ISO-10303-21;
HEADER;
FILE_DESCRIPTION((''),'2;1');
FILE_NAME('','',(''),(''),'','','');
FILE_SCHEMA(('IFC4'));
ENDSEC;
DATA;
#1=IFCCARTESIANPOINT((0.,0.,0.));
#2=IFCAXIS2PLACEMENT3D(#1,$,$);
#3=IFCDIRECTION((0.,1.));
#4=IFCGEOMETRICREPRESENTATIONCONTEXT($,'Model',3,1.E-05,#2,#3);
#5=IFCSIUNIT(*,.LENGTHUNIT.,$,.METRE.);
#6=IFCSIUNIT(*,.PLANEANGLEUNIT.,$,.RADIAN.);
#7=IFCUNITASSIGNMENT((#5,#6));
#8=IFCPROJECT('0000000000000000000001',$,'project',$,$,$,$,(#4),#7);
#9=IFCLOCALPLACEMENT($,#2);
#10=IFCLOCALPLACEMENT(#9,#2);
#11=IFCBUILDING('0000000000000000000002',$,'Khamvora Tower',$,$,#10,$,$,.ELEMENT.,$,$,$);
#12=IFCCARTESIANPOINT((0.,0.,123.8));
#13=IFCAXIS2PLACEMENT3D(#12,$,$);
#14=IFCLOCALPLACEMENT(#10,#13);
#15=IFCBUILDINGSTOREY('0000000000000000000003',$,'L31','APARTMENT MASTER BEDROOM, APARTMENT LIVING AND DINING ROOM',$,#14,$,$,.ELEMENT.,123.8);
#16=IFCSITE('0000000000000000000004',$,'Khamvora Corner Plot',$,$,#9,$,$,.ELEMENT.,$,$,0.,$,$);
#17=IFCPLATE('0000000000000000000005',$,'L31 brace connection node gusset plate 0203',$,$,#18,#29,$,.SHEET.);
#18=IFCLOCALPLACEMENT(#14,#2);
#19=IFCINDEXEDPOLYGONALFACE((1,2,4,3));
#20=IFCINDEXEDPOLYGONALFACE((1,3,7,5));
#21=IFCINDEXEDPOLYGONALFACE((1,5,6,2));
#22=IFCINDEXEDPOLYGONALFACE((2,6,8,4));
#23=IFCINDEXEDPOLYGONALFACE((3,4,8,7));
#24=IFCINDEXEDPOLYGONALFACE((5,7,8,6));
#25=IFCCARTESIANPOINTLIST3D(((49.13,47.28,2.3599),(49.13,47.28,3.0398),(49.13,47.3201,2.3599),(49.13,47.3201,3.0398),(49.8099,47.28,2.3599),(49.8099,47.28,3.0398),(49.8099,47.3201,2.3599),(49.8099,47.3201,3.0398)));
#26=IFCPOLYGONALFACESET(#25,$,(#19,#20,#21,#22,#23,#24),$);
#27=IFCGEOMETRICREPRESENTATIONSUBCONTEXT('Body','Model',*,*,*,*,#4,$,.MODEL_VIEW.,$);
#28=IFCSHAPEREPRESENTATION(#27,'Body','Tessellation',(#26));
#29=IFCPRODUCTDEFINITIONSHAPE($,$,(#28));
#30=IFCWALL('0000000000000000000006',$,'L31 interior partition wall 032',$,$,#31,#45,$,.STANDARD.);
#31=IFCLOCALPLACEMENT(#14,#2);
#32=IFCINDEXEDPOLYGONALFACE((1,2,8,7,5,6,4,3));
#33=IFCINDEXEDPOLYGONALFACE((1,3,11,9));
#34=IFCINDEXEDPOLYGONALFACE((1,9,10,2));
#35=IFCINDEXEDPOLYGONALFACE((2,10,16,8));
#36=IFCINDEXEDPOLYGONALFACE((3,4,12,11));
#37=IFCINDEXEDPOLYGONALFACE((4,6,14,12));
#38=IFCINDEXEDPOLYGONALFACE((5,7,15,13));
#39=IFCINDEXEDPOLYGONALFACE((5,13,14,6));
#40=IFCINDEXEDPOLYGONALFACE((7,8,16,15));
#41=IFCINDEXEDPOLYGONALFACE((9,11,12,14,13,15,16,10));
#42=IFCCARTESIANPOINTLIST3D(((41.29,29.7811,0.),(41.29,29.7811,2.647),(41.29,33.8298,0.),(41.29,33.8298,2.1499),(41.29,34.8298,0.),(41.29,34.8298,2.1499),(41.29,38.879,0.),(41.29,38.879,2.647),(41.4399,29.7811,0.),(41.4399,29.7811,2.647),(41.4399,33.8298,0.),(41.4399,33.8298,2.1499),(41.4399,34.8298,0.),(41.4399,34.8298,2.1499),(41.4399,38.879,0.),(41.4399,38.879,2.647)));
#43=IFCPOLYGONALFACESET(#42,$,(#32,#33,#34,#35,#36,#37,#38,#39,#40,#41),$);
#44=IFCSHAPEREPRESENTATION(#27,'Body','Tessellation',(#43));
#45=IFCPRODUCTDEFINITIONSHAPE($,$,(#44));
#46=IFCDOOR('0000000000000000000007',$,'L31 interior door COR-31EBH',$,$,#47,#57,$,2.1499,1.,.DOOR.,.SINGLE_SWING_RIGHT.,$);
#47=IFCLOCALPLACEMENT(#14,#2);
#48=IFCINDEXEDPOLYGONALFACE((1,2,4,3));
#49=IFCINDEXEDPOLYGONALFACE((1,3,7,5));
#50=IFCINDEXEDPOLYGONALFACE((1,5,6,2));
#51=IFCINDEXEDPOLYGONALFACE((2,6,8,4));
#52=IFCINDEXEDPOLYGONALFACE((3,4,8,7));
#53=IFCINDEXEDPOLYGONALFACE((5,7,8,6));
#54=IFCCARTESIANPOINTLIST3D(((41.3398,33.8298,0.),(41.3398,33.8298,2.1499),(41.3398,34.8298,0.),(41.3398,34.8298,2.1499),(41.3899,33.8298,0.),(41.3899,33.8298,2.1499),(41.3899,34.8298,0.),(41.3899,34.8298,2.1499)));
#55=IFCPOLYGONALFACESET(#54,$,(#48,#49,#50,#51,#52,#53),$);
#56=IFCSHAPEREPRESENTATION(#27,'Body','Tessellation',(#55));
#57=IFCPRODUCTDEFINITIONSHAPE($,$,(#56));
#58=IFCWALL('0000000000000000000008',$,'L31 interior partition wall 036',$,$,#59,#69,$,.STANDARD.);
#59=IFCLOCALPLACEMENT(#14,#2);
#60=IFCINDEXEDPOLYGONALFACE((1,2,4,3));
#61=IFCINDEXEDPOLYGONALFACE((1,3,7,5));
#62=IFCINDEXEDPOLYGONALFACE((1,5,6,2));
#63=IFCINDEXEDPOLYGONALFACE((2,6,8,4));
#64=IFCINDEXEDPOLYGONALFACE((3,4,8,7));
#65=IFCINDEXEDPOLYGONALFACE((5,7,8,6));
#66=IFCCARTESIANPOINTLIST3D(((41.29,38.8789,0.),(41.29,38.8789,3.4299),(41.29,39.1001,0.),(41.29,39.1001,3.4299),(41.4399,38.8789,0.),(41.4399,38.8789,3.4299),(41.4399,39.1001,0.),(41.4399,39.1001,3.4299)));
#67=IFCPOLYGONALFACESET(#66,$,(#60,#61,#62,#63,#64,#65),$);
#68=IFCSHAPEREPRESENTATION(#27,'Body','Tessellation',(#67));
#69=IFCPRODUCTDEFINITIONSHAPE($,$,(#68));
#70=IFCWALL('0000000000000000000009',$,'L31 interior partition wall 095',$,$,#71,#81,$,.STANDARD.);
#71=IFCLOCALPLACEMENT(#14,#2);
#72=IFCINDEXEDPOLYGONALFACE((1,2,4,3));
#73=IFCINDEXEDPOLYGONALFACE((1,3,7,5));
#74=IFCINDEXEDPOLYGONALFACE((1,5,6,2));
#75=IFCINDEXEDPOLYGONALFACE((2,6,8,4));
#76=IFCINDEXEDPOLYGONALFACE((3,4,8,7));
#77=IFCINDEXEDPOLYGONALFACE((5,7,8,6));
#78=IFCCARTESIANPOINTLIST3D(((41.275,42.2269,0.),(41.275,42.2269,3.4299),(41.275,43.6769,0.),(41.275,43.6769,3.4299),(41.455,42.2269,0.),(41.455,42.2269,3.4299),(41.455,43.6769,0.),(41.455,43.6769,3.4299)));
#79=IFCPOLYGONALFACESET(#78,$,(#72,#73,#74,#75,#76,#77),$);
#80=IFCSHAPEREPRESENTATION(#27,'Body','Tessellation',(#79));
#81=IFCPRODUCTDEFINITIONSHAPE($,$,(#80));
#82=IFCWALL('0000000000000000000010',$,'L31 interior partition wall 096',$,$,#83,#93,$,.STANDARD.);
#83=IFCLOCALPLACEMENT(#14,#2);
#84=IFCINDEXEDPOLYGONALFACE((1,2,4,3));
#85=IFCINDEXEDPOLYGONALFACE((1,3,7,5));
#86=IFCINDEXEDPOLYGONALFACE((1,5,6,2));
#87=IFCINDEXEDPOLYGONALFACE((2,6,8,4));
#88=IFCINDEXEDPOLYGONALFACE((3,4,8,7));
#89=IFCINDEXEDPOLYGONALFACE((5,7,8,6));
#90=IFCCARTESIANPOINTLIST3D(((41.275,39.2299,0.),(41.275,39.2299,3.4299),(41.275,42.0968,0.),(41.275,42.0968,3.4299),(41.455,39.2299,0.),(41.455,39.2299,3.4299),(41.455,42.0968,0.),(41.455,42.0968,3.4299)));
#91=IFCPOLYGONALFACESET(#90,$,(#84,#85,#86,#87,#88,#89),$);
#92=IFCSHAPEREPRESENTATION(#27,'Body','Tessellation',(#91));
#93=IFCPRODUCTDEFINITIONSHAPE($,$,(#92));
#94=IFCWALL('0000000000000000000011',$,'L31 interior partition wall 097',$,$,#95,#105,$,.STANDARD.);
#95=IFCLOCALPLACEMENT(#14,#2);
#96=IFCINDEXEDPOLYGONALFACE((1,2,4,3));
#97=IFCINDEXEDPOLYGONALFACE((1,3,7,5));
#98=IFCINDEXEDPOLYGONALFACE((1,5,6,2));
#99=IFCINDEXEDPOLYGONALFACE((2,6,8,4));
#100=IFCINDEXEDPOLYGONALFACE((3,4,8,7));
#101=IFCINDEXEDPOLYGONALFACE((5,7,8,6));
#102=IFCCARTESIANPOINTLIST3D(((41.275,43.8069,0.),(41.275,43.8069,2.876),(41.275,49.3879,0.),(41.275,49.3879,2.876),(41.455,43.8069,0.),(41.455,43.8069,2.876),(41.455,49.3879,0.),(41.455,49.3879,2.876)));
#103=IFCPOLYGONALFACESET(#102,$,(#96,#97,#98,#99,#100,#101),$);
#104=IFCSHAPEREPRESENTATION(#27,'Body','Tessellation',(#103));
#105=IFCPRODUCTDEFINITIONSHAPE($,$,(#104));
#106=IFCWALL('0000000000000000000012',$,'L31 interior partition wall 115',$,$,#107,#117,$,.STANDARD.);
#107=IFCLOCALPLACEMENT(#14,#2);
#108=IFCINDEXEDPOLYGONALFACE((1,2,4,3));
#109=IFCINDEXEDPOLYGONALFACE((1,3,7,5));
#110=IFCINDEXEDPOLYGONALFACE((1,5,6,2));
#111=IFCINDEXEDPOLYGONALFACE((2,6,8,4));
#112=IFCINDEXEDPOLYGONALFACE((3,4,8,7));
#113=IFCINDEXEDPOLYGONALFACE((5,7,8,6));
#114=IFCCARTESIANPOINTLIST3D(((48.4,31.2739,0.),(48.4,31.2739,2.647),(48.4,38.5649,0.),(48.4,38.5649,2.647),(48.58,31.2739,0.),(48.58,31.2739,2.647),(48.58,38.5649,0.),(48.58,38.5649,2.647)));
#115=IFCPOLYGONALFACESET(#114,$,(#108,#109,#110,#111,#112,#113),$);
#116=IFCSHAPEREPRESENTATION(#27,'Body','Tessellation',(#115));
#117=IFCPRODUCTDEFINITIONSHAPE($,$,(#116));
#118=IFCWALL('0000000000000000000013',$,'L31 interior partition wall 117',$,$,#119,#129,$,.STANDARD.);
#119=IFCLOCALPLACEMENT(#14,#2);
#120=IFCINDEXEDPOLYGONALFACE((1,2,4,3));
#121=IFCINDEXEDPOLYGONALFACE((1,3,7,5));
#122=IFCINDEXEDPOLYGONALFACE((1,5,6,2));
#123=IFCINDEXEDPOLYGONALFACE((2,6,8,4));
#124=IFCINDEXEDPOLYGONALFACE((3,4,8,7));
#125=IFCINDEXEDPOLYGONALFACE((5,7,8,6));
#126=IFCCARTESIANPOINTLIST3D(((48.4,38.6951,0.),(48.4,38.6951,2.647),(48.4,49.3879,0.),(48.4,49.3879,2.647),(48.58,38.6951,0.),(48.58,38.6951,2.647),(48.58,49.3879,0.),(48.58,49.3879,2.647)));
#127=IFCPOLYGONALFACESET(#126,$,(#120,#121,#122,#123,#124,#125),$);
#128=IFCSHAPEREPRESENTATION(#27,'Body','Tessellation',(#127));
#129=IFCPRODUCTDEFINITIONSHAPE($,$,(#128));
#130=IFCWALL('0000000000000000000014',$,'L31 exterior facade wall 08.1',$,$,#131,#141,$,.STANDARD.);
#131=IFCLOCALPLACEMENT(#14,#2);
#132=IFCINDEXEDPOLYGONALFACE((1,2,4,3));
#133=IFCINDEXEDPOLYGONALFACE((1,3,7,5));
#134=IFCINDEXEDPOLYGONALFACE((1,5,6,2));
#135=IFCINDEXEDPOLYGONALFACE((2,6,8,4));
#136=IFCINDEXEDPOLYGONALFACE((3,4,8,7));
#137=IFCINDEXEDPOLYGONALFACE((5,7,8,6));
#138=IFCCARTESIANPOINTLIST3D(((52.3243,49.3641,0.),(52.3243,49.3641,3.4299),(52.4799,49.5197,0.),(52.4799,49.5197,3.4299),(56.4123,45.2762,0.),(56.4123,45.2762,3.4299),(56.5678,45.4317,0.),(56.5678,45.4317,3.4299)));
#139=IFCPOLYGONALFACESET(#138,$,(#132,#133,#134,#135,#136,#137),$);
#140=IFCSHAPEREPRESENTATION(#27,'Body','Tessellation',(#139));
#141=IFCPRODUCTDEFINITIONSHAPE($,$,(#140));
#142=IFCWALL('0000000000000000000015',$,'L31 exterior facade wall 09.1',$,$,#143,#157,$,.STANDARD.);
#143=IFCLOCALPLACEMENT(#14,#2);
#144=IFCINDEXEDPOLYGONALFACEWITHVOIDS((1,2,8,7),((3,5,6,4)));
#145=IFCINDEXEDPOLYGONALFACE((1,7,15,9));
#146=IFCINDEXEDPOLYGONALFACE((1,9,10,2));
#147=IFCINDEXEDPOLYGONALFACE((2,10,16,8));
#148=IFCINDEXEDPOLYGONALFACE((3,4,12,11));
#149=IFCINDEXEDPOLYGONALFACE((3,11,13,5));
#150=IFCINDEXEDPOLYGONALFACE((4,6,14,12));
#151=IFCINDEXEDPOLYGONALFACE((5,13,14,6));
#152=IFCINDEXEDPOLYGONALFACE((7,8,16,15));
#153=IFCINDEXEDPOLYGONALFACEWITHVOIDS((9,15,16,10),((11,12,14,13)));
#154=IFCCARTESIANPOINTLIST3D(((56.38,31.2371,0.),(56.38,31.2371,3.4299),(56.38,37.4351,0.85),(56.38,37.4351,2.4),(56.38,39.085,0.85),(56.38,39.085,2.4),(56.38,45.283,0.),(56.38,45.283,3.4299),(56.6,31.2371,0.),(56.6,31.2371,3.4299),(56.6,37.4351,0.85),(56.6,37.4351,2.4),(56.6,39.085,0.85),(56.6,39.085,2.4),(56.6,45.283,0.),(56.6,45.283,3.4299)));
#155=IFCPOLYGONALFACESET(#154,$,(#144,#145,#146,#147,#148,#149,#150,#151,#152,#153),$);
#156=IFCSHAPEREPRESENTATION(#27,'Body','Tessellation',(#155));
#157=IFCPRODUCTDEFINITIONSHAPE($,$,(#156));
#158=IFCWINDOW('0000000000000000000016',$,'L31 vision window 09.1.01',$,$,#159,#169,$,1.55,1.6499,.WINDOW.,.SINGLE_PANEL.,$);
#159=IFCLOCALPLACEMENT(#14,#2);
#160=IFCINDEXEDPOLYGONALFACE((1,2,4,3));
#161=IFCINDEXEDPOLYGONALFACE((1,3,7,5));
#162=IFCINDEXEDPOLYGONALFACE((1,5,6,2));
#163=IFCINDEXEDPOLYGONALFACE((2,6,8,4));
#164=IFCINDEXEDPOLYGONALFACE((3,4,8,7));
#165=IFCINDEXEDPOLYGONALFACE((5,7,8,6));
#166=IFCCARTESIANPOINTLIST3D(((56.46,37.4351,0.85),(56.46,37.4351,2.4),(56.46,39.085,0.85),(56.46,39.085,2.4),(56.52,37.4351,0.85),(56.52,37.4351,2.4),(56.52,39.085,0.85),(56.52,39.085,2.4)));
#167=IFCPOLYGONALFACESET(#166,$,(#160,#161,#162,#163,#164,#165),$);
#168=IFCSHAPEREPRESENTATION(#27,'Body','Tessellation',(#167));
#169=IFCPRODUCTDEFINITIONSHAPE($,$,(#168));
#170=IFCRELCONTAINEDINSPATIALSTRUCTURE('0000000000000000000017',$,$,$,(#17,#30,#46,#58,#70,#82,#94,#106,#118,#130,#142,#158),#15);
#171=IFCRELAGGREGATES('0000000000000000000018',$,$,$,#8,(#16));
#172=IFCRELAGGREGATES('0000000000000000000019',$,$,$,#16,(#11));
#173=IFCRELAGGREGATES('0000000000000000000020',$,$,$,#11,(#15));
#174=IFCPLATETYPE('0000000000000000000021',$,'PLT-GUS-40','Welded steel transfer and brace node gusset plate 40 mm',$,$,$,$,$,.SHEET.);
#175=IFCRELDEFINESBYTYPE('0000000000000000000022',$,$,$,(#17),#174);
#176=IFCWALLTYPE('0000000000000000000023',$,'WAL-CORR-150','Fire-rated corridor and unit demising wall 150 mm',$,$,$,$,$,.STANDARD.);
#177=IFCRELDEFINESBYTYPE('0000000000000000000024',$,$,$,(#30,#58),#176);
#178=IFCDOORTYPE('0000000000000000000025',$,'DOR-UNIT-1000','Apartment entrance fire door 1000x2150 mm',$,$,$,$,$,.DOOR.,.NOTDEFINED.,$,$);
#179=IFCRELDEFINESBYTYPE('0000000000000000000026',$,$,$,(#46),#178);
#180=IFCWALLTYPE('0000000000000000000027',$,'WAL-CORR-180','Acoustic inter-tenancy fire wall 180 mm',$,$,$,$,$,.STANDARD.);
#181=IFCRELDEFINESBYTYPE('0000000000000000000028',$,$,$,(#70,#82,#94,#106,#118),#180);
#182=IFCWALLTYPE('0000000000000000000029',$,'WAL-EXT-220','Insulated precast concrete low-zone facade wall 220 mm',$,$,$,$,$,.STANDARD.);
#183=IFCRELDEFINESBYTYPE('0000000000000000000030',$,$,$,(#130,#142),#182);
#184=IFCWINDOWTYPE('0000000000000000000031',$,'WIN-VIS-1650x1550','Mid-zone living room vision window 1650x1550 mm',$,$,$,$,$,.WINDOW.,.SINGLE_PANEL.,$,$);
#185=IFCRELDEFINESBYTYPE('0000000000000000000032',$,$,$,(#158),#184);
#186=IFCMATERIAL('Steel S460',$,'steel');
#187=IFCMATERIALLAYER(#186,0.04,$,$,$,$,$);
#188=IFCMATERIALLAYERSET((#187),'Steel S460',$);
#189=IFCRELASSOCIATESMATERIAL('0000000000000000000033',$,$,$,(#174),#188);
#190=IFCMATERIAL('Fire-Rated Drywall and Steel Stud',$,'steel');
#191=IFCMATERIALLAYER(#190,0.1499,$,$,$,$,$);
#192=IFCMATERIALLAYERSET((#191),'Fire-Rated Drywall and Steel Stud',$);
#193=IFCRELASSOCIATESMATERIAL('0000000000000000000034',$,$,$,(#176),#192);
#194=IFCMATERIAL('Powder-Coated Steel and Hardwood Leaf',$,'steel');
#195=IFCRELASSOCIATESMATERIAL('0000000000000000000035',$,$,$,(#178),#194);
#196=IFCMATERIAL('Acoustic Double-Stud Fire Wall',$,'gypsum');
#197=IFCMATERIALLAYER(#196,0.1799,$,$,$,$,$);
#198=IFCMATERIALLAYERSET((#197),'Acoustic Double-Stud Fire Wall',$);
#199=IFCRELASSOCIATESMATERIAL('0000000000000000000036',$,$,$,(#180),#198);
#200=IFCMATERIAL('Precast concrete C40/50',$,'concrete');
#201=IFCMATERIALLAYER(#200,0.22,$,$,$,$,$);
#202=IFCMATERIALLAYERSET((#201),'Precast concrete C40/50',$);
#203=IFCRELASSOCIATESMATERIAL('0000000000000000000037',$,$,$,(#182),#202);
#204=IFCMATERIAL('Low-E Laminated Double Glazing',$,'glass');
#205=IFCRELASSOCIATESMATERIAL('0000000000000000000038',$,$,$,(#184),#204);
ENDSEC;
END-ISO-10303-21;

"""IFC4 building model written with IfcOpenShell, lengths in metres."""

from ifc_helpers import new_model, si_unit, direction, frame, frame_2d, origin, origin_2d, place, context, subcontext, project, spatial, rectangle, extrude, material, layer, layer_set, type_object, element, fill, save


model = new_model("IFC4")

# Units and contexts
model_context = context("Model", 3, precision=1e-05, world=origin(), true_north=direction((0.0, 1.0)))
body_context = subcontext(model_context, "Body", "Model", "MODEL_VIEW")
ifc_project = project(units=[si_unit("LENGTHUNIT", "METRE"), si_unit("PLANEANGLEUNIT", "RADIAN")], contexts=[model_context])

# Site, building, storey
site_placement = place(None, origin())
site = spatial("IfcSite", under=ifc_project, at=site_placement, Name="Khamvora Corner Plot", CompositionType="ELEMENT", RefElevation=0.0)
building_placement = place(site_placement, origin())
building = spatial("IfcBuilding", under=site, at=building_placement, Name="Khamvora Tower", CompositionType="ELEMENT")
storey_placement = place(building_placement, frame((0.0, 0.0, 123.8)))
storey = spatial("IfcBuildingStorey", under=building, at=storey_placement, Name="L31", Description="APARTMENT MASTER BEDROOM, APARTMENT LIVING AND DINING ROOM", CompositionType="ELEMENT", Elevation=123.8)

# Plate
ifc_material_1 = material(Name="Steel S460", Category="steel")
ifc_layer_1 = layer(ifc_material_1, 0.04)
ifc_layer_set_1 = layer_set([ifc_layer_1], Name="Steel S460")
plate_type_1 = type_object("IfcPlateType", Name="PLT-GUS-40", Description="Welded steel transfer and brace node gusset plate 40 mm", PredefinedType="SHEET", material=ifc_layer_set_1)
plate_1_placement = place(storey_placement, frame((49.47, 47.3, 2.3599), z_axis=(0.0, 0.0, 1.0), x_axis=(1.0, 0.0, 0.0)))
element("IfcPlate", 1, at=plate_1_placement, inside=storey, type_object=plate_type_1, Name="L31 brace connection node gusset plate 0203", PredefinedType="SHEET", context=body_context, shape_type="SweptSolid", body=[
    extrude(rectangle(XDim=0.6799, YDim=0.04, at=origin_2d()), origin(), (0.0, 0.0, 1.0), 0.6799),
])

# Wall, opening, door
ifc_material_2 = material(Name="Fire-Rated Drywall and Steel Stud", Category="steel")
ifc_layer_2 = layer(ifc_material_2, 0.1499)
ifc_layer_set_2 = layer_set([ifc_layer_2], Name="Fire-Rated Drywall and Steel Stud")
wall_type_1 = type_object("IfcWallType", Name="WAL-CORR-150", Description="Fire-rated corridor and unit demising wall 150 mm", PredefinedType="STANDARD", material=ifc_layer_set_2)
wall_1_placement = place(storey_placement, frame((41.365, 38.8789, 0.0), z_axis=(0.0, 0.0, 1.0), x_axis=(0.0, -1.0, 0.0)))
wall_1 = element("IfcWall", 2, at=wall_1_placement, inside=storey, type_object=wall_type_1, Name="L31 interior partition wall 032", PredefinedType="STANDARD", context=body_context, shape_type="SweptSolid", body=[
    extrude(rectangle(XDim=9.0979, YDim=0.1499, at=frame_2d((4.5488, 0.0))), origin(), (0.0, 0.0, 1.0), 2.647),
])
opening_1_placement = place(wall_1_placement, frame((4.0491, 0.0, 0.0)))
opening_1 = element("IfcOpeningElement", 3, at=opening_1_placement, cuts=wall_1, PredefinedType="OPENING", context=body_context, shape_type="SweptSolid", body=[
    extrude(rectangle(XDim=1.0, YDim=2.1499, at=frame_2d((0.5, 1.075))), frame((0.0, 0.085, 0.0), z_axis=(0.0, -1.0, 0.0), x_axis=(1.0, 0.0, 0.0)), (0.0, 0.0, 1.0), 0.1699),
])
ifc_material_3 = material(Name="Powder-Coated Steel and Hardwood Leaf", Category="steel")
door_type_1 = type_object("IfcDoorType", Name="DOR-UNIT-1000", Description="Apartment entrance fire door 1000x2150 mm", OperationType="NOTDEFINED", PredefinedType="DOOR", material=ifc_material_3)
door_1_placement = place(opening_1_placement, origin())
door_1 = element("IfcDoor", 4, at=door_1_placement, inside=storey, type_object=door_type_1, Name="L31 interior door COR-31EBH", OperationType="SINGLE_SWING_RIGHT", OverallHeight=2.1499, OverallWidth=1.0, PredefinedType="DOOR", context=body_context, shape_type="SweptSolid", body=[
    extrude(rectangle(XDim=1.0, YDim=2.1499, at=frame_2d((0.5, 1.075))), frame((0.0, 0.0249, 0.0), z_axis=(0.0, -1.0, 0.0), x_axis=(1.0, 0.0, 0.0)), (0.0, 0.0, 1.0), 0.05),
])
fill(opening_1, door_1)

# Walls
wall_2_placement = place(storey_placement, frame((41.365, 39.1001, 0.0), z_axis=(0.0, 0.0, 1.0), x_axis=(0.0, -1.0, 0.0)))
element("IfcWall", 5, at=wall_2_placement, inside=storey, type_object=wall_type_1, Name="L31 interior partition wall 036", PredefinedType="STANDARD", context=body_context, shape_type="SweptSolid", body=[
    extrude(rectangle(XDim=0.2212, YDim=0.1499, at=frame_2d((0.1106, 0.0))), origin(), (0.0, 0.0, 1.0), 3.4299),
])
ifc_material_4 = material(Name="Acoustic Double-Stud Fire Wall", Category="gypsum")
ifc_layer_3 = layer(ifc_material_4, 0.1799)
ifc_layer_set_3 = layer_set([ifc_layer_3], Name="Acoustic Double-Stud Fire Wall")
wall_type_2 = type_object("IfcWallType", Name="WAL-CORR-180", Description="Acoustic inter-tenancy fire wall 180 mm", PredefinedType="STANDARD", material=ifc_layer_set_3)
wall_3_placement = place(storey_placement, frame((41.365, 43.677, 0.0), z_axis=(0.0, 0.0, 1.0), x_axis=(0.0, -1.0, 0.0)))
element("IfcWall", 6, at=wall_3_placement, inside=storey, type_object=wall_type_2, Name="L31 interior partition wall 095", PredefinedType="STANDARD", context=body_context, shape_type="SweptSolid", body=[
    extrude(rectangle(XDim=1.45, YDim=0.1799, at=frame_2d((0.7251, 0.0))), origin(), (0.0, 0.0, 1.0), 3.4299),
])
wall_4_placement = place(storey_placement, frame((41.365, 42.0969, 0.0), z_axis=(0.0, 0.0, 1.0), x_axis=(0.0, -1.0, 0.0)))
element("IfcWall", 7, at=wall_4_placement, inside=storey, type_object=wall_type_2, Name="L31 interior partition wall 096", PredefinedType="STANDARD", context=body_context, shape_type="SweptSolid", body=[
    extrude(rectangle(XDim=2.8669, YDim=0.1799, at=frame_2d((1.4336, 0.0))), origin(), (0.0, 0.0, 1.0), 3.4299),
])
wall_5_placement = place(storey_placement, frame((41.365, 49.3879, 0.0), z_axis=(0.0, 0.0, 1.0), x_axis=(0.0, -1.0, 0.0)))
element("IfcWall", 8, at=wall_5_placement, inside=storey, type_object=wall_type_2, Name="L31 interior partition wall 097", PredefinedType="STANDARD", context=body_context, shape_type="SweptSolid", body=[
    extrude(rectangle(XDim=5.5811, YDim=0.1799, at=frame_2d((2.7905, 0.0))), origin(), (0.0, 0.0, 1.0), 2.876),
])
wall_6_placement = place(storey_placement, frame((48.49, 38.5649, 0.0), z_axis=(0.0, 0.0, 1.0), x_axis=(0.0, -1.0, 0.0)))
element("IfcWall", 9, at=wall_6_placement, inside=storey, type_object=wall_type_2, Name="L31 interior partition wall 115", PredefinedType="STANDARD", context=body_context, shape_type="SweptSolid", body=[
    extrude(rectangle(XDim=7.291, YDim=0.1799, at=frame_2d((3.6455, 0.0))), origin(), (0.0, 0.0, 1.0), 2.647),
])
wall_7_placement = place(storey_placement, frame((48.49, 49.3879, 0.0), z_axis=(0.0, 0.0, 1.0), x_axis=(0.0, -1.0, 0.0)))
element("IfcWall", 10, at=wall_7_placement, inside=storey, type_object=wall_type_2, Name="L31 interior partition wall 117", PredefinedType="STANDARD", context=body_context, shape_type="SweptSolid", body=[
    extrude(rectangle(XDim=10.6929, YDim=0.1799, at=frame_2d((5.3464, 0.0))), origin(), (0.0, 0.0, 1.0), 2.647),
])
ifc_material_5 = material(Name="Precast concrete C40/50", Category="concrete")
ifc_layer_4 = layer(ifc_material_5, 0.22)
ifc_layer_set_4 = layer_set([ifc_layer_4], Name="Precast concrete C40/50")
wall_type_3 = type_object("IfcWallType", Name="WAL-EXT-220", Description="Insulated precast concrete low-zone facade wall 220 mm", PredefinedType="STANDARD", material=ifc_layer_set_4)
wall_8_placement = place(storey_placement, frame((52.4021, 49.4419, 0.0), z_axis=(0.0, 0.0, 1.0), x_axis=(0.707107, -0.707107, 0.0)))
element("IfcWall", 11, at=wall_8_placement, inside=storey, type_object=wall_type_3, Name="L31 exterior facade wall 08.1", PredefinedType="STANDARD", context=body_context, shape_type="SweptSolid", body=[
    extrude(rectangle(XDim=5.7812, YDim=0.22, at=frame_2d((2.8906, 0.0))), origin(), (0.0, 0.0, 1.0), 3.4299),
])

# Wall, opening, window
wall_9_placement = place(storey_placement, frame((56.49, 45.283, 0.0), z_axis=(0.0, 0.0, 1.0), x_axis=(0.0, -1.0, 0.0)))
wall_9 = element("IfcWall", 12, at=wall_9_placement, inside=storey, type_object=wall_type_3, Name="L31 exterior facade wall 09.1", PredefinedType="STANDARD", context=body_context, shape_type="SweptSolid", body=[
    extrude(rectangle(XDim=14.0459, YDim=0.22, at=frame_2d((7.0229, 0.0))), origin(), (0.0, 0.0, 1.0), 3.4299),
])
opening_2_placement = place(wall_9_placement, frame((6.198, 0.0, 0.8501)))
opening_2 = element("IfcOpeningElement", 13, at=opening_2_placement, cuts=wall_9, PredefinedType="OPENING", context=body_context, shape_type="SweptSolid", body=[
    extrude(rectangle(XDim=1.6499, YDim=1.55, at=frame_2d((0.825, 0.7749))), frame((0.0, 0.1199, 0.0), z_axis=(0.0, -1.0, 0.0), x_axis=(1.0, 0.0, 0.0)), (0.0, 0.0, 1.0), 0.24),
])
ifc_material_6 = material(Name="Low-E Laminated Double Glazing", Category="glass")
window_type = type_object("IfcWindowType", Name="WIN-VIS-1650x1550", Description="Mid-zone living room vision window 1650x1550 mm", PartitioningType="SINGLE_PANEL", PredefinedType="WINDOW", material=ifc_material_6)
window_placement = place(opening_2_placement, origin())
window = element("IfcWindow", 14, at=window_placement, inside=storey, type_object=window_type, Name="L31 vision window 09.1.01", OverallHeight=1.55, OverallWidth=1.6499, PartitioningType="SINGLE_PANEL", PredefinedType="WINDOW", context=body_context, shape_type="SweptSolid", body=[
    extrude(rectangle(XDim=1.6499, YDim=1.55, at=frame_2d((0.825, 0.7749))), frame((0.0, 0.03, 0.0), z_axis=(0.0, -1.0, 0.0), x_axis=(1.0, 0.0, 0.0)), (0.0, 0.0, 1.0), 0.0601),
])
fill(opening_2, window)

save(model, "model.ifc")
